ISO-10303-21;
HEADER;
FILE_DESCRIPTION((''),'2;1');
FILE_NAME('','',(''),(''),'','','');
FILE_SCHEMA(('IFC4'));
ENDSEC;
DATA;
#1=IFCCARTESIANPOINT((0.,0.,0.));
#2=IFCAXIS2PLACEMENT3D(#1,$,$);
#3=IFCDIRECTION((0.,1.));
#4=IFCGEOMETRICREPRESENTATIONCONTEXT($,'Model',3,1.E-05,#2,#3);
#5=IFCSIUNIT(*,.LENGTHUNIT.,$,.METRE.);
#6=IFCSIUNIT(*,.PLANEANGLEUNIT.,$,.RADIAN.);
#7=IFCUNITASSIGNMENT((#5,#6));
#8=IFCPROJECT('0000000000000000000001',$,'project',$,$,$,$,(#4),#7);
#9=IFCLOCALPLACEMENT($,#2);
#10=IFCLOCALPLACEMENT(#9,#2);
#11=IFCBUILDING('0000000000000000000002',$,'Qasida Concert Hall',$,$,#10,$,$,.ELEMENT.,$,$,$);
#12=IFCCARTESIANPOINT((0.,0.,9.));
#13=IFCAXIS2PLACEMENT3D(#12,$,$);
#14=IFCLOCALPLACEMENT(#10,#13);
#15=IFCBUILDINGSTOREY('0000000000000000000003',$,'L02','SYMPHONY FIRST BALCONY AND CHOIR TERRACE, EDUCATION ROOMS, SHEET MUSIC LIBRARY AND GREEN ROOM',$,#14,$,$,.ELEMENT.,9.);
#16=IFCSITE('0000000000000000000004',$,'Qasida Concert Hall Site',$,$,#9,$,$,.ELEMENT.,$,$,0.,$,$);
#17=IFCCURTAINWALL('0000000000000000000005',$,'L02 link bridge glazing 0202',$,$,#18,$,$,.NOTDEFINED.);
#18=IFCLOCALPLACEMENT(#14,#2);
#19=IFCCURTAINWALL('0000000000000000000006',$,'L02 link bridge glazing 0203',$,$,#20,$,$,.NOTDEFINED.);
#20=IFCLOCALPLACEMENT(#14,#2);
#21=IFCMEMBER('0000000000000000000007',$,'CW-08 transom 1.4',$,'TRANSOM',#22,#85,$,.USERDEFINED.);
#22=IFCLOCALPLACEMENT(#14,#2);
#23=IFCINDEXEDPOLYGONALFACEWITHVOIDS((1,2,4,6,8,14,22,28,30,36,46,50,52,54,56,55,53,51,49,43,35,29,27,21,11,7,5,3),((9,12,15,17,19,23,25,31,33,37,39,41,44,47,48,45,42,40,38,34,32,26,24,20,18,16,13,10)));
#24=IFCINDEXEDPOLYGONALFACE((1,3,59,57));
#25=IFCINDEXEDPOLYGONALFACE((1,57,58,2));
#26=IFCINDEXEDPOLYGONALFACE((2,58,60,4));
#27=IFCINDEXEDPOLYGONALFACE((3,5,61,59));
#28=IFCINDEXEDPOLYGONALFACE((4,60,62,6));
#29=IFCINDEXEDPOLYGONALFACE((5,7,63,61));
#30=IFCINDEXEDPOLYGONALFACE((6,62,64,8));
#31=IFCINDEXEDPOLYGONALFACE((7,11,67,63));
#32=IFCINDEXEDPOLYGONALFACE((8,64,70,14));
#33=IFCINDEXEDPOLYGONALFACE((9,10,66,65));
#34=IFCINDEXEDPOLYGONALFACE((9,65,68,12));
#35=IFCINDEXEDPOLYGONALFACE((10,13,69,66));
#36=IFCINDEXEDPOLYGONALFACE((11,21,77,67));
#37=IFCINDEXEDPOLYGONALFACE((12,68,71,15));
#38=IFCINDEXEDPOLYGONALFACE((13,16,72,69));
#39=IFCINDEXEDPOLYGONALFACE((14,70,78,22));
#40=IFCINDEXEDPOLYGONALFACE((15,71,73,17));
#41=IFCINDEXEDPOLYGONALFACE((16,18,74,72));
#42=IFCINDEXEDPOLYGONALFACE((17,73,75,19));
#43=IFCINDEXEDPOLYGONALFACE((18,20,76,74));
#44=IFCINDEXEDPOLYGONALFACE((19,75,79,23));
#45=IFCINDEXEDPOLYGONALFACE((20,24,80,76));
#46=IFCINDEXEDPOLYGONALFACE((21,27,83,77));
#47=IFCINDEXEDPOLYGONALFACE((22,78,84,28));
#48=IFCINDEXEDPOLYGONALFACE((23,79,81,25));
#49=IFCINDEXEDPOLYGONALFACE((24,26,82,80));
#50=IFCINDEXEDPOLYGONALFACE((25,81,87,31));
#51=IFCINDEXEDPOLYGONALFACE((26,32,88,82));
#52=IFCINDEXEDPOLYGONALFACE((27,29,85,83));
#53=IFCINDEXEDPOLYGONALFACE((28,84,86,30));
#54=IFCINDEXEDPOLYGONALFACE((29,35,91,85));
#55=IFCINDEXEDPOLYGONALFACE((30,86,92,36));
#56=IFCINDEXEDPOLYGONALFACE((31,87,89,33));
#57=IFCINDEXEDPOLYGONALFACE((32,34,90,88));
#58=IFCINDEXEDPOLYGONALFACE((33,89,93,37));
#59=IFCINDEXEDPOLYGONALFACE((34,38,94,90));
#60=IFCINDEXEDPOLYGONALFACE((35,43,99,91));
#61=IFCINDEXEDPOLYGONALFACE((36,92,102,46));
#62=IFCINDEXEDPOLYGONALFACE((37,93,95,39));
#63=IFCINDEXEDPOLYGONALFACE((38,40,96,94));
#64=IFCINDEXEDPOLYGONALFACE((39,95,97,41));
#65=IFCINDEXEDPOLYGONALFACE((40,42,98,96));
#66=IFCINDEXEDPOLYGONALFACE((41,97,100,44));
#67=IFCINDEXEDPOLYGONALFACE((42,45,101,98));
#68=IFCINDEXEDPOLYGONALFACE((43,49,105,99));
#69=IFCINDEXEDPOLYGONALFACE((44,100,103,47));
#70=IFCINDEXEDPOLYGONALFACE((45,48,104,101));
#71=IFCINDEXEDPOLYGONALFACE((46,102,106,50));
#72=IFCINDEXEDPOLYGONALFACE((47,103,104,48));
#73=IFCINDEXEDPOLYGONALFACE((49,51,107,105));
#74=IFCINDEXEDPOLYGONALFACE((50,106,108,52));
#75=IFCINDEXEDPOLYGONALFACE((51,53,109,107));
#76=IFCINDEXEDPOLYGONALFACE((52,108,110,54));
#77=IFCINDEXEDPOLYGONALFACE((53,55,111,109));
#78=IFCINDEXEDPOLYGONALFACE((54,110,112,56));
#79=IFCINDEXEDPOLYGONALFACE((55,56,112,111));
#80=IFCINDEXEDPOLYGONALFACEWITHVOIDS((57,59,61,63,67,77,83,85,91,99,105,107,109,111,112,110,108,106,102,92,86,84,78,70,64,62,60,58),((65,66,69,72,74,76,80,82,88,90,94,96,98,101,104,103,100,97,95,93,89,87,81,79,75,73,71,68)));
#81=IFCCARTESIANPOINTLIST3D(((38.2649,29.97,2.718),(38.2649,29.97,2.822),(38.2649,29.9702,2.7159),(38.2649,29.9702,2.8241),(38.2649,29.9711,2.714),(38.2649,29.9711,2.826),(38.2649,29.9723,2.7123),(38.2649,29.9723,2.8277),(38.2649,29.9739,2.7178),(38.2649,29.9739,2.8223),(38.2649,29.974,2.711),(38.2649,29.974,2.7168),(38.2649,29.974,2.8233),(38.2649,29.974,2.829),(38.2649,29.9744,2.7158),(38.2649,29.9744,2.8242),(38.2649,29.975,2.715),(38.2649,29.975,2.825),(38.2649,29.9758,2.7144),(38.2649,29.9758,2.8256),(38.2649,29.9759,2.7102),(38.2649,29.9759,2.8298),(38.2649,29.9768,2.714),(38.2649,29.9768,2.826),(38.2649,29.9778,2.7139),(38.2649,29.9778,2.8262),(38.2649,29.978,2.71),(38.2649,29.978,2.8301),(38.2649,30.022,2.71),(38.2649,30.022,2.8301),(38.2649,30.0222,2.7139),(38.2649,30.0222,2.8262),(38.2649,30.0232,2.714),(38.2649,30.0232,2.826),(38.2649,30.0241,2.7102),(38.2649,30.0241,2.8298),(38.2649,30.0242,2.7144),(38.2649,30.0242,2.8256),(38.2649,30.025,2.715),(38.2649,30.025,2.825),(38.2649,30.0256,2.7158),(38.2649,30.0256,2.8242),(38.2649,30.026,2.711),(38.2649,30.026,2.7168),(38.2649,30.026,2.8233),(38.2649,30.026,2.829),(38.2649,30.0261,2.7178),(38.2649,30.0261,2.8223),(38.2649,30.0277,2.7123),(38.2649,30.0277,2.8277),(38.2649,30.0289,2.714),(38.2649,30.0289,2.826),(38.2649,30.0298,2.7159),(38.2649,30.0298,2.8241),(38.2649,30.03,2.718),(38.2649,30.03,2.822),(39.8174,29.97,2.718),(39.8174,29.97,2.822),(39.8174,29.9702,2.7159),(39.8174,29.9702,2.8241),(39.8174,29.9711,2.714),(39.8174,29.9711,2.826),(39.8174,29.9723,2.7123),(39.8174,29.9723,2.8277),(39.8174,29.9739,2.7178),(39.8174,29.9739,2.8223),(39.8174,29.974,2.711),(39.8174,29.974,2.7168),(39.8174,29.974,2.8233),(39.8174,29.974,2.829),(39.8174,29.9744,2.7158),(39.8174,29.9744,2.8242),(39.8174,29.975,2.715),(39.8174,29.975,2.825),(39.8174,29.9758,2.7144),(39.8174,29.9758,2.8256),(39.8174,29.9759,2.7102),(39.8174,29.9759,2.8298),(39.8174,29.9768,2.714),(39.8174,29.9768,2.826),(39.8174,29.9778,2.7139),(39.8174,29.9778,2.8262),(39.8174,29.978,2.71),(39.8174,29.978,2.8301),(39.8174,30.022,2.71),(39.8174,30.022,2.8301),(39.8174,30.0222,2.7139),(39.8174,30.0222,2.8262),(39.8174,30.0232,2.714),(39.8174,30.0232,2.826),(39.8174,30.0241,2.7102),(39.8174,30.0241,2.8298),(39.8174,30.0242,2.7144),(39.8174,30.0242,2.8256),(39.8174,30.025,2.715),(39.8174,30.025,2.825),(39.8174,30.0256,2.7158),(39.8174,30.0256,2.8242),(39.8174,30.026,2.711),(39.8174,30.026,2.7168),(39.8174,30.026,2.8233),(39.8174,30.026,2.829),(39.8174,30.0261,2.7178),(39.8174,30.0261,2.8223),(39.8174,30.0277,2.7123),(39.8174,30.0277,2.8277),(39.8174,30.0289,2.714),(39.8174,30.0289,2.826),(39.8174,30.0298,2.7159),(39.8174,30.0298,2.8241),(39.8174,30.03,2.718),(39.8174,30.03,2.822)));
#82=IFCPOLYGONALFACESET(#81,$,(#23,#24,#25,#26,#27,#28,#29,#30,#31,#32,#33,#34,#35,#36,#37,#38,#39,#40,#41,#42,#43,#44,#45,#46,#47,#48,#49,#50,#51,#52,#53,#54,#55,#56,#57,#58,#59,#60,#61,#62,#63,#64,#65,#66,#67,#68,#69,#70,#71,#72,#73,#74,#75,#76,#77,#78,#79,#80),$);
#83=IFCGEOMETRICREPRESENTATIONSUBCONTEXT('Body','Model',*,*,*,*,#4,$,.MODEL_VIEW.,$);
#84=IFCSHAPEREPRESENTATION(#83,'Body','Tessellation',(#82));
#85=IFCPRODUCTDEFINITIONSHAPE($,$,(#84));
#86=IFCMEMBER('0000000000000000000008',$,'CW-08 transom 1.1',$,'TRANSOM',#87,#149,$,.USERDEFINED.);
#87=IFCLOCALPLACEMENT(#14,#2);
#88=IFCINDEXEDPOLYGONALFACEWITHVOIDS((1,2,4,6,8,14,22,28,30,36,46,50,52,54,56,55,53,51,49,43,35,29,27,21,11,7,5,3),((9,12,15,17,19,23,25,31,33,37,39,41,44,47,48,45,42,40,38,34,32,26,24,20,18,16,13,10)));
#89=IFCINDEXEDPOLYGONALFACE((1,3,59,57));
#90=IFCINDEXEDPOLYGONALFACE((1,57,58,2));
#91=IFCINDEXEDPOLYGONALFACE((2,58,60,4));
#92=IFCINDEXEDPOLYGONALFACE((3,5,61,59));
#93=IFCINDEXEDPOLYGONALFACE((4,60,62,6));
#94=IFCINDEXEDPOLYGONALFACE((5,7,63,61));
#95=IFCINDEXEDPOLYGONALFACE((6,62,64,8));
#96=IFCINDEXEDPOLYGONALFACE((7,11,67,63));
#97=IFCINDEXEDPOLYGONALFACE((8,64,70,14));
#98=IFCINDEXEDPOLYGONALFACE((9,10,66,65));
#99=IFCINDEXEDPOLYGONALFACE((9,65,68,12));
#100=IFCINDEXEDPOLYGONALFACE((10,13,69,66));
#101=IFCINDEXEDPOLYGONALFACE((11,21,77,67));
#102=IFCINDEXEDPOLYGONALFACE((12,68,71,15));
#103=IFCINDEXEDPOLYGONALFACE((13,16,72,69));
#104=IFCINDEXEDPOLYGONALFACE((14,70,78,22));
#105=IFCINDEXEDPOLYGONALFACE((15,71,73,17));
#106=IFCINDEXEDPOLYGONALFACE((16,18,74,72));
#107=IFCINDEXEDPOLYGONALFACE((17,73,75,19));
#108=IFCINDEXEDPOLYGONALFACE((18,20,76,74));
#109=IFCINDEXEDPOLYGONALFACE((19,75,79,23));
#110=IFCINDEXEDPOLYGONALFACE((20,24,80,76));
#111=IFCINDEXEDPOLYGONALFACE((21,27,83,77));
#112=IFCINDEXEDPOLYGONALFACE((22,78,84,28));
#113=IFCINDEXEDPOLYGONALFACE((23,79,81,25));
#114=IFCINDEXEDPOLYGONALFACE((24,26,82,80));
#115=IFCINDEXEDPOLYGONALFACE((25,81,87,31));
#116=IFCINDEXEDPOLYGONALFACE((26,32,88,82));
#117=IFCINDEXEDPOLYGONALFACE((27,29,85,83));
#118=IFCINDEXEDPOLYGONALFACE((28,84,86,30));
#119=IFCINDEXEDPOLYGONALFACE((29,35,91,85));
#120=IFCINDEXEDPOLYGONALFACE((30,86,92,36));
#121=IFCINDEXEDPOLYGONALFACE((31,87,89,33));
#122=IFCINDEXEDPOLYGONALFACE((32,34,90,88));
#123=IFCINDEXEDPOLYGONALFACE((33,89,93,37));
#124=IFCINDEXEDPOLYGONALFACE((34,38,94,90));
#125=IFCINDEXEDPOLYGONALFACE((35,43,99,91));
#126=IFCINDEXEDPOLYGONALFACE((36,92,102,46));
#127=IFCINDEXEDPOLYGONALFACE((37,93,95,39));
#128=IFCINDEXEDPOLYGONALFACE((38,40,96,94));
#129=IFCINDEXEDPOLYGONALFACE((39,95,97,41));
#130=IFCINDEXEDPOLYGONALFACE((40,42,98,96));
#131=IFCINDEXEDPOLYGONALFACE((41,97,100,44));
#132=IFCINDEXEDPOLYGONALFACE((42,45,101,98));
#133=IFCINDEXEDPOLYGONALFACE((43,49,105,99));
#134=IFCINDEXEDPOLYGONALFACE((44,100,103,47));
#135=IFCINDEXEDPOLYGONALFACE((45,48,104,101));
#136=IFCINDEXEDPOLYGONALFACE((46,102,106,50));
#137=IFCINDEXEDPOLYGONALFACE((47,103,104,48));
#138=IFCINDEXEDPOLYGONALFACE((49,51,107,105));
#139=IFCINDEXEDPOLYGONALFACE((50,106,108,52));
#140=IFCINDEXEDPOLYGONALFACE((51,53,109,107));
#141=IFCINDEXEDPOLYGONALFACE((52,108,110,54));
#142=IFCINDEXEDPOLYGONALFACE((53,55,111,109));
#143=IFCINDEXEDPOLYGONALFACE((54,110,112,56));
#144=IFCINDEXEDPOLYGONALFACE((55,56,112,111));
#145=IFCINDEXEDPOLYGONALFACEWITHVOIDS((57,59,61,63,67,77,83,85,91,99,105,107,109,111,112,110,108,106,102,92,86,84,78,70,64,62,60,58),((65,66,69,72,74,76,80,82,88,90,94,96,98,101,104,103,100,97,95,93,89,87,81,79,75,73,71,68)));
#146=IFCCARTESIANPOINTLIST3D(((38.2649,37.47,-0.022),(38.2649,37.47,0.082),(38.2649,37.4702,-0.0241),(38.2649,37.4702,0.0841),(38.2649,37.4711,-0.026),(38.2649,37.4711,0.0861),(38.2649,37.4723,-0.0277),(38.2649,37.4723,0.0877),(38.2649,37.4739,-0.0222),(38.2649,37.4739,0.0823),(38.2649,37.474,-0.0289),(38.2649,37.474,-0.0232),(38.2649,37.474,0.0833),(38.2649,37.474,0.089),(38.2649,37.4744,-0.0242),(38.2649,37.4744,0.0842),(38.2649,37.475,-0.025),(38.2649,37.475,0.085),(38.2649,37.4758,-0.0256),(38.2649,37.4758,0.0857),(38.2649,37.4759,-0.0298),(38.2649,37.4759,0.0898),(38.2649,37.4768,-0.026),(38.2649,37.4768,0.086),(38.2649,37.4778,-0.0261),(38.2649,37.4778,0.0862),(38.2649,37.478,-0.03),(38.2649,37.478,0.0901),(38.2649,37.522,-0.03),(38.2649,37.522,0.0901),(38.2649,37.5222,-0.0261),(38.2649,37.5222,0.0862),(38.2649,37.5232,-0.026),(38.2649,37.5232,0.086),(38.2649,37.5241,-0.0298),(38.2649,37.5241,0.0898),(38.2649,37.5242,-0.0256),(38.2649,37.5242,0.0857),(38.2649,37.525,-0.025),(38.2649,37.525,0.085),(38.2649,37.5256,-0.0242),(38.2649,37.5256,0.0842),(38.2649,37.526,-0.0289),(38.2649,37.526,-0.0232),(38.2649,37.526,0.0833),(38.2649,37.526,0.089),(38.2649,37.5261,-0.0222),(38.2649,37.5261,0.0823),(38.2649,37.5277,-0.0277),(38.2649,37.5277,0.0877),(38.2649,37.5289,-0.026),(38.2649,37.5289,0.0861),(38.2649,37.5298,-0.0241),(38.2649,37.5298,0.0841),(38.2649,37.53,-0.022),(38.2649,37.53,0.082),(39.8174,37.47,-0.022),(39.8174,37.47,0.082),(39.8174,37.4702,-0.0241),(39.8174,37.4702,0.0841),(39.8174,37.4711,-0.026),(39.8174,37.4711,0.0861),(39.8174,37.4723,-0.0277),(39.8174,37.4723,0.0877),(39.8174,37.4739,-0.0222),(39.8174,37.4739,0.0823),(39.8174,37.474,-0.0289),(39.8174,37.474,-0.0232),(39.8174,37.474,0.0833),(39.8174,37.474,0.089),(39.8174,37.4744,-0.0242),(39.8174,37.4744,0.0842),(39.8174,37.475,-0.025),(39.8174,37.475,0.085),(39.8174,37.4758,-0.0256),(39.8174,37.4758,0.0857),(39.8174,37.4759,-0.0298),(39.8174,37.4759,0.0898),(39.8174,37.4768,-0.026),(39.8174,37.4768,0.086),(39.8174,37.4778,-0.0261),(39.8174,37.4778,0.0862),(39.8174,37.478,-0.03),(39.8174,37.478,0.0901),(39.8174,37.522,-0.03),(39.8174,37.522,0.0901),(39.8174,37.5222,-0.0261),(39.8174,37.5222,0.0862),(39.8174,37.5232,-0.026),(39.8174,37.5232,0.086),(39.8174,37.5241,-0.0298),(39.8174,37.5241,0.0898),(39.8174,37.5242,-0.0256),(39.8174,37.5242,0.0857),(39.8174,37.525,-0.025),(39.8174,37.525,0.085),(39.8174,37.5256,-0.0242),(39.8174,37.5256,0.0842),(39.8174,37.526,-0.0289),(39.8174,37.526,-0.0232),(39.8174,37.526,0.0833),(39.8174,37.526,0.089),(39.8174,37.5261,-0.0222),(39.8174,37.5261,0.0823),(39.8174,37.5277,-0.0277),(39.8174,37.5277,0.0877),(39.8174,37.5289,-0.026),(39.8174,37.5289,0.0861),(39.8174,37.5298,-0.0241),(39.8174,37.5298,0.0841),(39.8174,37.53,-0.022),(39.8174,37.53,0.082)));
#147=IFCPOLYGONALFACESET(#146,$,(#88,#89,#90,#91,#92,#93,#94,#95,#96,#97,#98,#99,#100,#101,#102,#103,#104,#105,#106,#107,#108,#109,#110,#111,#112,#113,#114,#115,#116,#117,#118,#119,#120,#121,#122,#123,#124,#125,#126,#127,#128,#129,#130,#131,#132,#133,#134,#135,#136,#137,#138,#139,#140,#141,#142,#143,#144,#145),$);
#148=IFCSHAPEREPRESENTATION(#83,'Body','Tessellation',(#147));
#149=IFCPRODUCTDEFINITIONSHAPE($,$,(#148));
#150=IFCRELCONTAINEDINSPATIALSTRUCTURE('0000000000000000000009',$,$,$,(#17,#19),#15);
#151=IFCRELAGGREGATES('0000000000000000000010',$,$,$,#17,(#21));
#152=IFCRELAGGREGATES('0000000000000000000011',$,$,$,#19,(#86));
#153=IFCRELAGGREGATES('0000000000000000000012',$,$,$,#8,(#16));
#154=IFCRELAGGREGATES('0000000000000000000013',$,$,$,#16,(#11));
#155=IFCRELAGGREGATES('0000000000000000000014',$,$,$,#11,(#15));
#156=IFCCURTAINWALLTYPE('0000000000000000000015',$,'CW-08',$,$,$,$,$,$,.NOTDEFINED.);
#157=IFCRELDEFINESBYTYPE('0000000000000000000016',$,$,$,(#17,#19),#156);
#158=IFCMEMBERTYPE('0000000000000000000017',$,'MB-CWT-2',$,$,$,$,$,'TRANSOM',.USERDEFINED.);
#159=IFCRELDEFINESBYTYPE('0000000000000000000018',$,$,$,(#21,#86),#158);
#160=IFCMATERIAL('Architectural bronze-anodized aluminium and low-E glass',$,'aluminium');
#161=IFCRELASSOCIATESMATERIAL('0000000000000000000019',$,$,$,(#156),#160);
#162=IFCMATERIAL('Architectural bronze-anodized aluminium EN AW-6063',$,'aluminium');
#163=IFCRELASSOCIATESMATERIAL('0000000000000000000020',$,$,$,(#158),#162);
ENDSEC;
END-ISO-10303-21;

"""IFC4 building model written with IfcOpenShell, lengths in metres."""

from ifc_helpers import new_model, si_unit, direction, frame, origin, origin_2d, place, context, subcontext, project, spatial, hollow_rectangle, extrude, material, material_profile, profile_set, type_object, element, aggregate, save


model = new_model("IFC4")

# Units and contexts
model_context = context("Model", 3, precision=1e-05, world=origin(), true_north=direction((0.0, 1.0)))
body_context = subcontext(model_context, "Body", "Model", "MODEL_VIEW")
ifc_project = project(units=[si_unit("LENGTHUNIT", "METRE"), si_unit("PLANEANGLEUNIT", "RADIAN")], contexts=[model_context])

# Site, building, storey
site_placement = place(None, origin())
site = spatial("IfcSite", under=ifc_project, at=site_placement, Name="Qasida Concert Hall Site", CompositionType="ELEMENT", RefElevation=0.0)
building_placement = place(site_placement, origin())
building = spatial("IfcBuilding", under=site, at=building_placement, Name="Qasida Concert Hall", CompositionType="ELEMENT")
storey_placement = place(building_placement, frame((0.0, 0.0, 9.0)))
storey = spatial("IfcBuildingStorey", under=building, at=storey_placement, Name="L02", Description="SYMPHONY FIRST BALCONY AND CHOIR TERRACE, EDUCATION ROOMS, SHEET MUSIC LIBRARY AND GREEN ROOM", CompositionType="ELEMENT", Elevation=9.0)

# Curtain walls
ifc_material_1 = material(Name="Architectural bronze-anodized aluminium and low-E glass", Category="aluminium")
curtain_wall_type = type_object("IfcCurtainWallType", Name="CW-08", PredefinedType="NOTDEFINED", material=ifc_material_1)
curtain_wall_1_placement = place(storey_placement, origin())
curtain_wall_1 = element("IfcCurtainWall", 1, at=curtain_wall_1_placement, inside=storey, type_object=curtain_wall_type, Name="L02 link bridge glazing 0202", PredefinedType="NOTDEFINED")
ifc_material_2 = material(Name="Architectural bronze-anodized aluminium EN AW-6063", Category="aluminium")
curtain_wall_2_placement = place(storey_placement, origin())
curtain_wall_2 = element("IfcCurtainWall", 2, at=curtain_wall_2_placement, inside=storey, type_object=curtain_wall_type, Name="L02 link bridge glazing 0203", PredefinedType="NOTDEFINED")

# Members
ifc_material_profile_1 = material_profile(ifc_material_2, hollow_rectangle(XDim=0.0601, YDim=0.1201, WallThickness=0.0039, InnerFilletRadius=0.0039, OuterFilletRadius=0.0081, at=origin_2d()), Name="CWT 120x60x4")
ifc_profile_set_1 = profile_set([ifc_material_profile_1], Name="Architectural bronze-anodized aluminium EN AW-6063")
member_type_1 = type_object("IfcMemberType", Name="MB-CWT-2", ElementType="TRANSOM", PredefinedType="USERDEFINED", material=ifc_profile_set_1)
member_1_placement = place(storey_placement, frame((38.2649, 30.0, 2.77), z_axis=(1.0, 0.0, 0.0), x_axis=(0.0, 1.0, 0.0)))
member_1 = element("IfcMember", 3, at=member_1_placement, type_object=member_type_1, Name="CW-08 transom 1.4", ObjectType="TRANSOM", PredefinedType="USERDEFINED", context=body_context, shape_type="SweptSolid", body=[
    extrude(hollow_rectangle(XDim=0.0601, YDim=0.1201, WallThickness=0.0039, InnerFilletRadius=0.0039, OuterFilletRadius=0.0081, at=origin_2d()), origin(), (0.0, 0.0, 1.0), 1.5525),
])
member_2_placement = place(storey_placement, frame((38.2649, 37.5, 0.03), z_axis=(1.0, 0.0, 0.0), x_axis=(0.0, 1.0, 0.0)))
member_2 = element("IfcMember", 4, at=member_2_placement, type_object=member_type_1, Name="CW-08 transom 1.1", ObjectType="TRANSOM", PredefinedType="USERDEFINED", context=body_context, shape_type="SweptSolid", body=[
    extrude(hollow_rectangle(XDim=0.0601, YDim=0.1201, WallThickness=0.0039, InnerFilletRadius=0.0039, OuterFilletRadius=0.0081, at=origin_2d()), origin(), (0.0, 0.0, 1.0), 1.5525),
])

aggregate(curtain_wall_1, [member_1])
aggregate(curtain_wall_2, [member_2])

save(model, "model.ifc")
